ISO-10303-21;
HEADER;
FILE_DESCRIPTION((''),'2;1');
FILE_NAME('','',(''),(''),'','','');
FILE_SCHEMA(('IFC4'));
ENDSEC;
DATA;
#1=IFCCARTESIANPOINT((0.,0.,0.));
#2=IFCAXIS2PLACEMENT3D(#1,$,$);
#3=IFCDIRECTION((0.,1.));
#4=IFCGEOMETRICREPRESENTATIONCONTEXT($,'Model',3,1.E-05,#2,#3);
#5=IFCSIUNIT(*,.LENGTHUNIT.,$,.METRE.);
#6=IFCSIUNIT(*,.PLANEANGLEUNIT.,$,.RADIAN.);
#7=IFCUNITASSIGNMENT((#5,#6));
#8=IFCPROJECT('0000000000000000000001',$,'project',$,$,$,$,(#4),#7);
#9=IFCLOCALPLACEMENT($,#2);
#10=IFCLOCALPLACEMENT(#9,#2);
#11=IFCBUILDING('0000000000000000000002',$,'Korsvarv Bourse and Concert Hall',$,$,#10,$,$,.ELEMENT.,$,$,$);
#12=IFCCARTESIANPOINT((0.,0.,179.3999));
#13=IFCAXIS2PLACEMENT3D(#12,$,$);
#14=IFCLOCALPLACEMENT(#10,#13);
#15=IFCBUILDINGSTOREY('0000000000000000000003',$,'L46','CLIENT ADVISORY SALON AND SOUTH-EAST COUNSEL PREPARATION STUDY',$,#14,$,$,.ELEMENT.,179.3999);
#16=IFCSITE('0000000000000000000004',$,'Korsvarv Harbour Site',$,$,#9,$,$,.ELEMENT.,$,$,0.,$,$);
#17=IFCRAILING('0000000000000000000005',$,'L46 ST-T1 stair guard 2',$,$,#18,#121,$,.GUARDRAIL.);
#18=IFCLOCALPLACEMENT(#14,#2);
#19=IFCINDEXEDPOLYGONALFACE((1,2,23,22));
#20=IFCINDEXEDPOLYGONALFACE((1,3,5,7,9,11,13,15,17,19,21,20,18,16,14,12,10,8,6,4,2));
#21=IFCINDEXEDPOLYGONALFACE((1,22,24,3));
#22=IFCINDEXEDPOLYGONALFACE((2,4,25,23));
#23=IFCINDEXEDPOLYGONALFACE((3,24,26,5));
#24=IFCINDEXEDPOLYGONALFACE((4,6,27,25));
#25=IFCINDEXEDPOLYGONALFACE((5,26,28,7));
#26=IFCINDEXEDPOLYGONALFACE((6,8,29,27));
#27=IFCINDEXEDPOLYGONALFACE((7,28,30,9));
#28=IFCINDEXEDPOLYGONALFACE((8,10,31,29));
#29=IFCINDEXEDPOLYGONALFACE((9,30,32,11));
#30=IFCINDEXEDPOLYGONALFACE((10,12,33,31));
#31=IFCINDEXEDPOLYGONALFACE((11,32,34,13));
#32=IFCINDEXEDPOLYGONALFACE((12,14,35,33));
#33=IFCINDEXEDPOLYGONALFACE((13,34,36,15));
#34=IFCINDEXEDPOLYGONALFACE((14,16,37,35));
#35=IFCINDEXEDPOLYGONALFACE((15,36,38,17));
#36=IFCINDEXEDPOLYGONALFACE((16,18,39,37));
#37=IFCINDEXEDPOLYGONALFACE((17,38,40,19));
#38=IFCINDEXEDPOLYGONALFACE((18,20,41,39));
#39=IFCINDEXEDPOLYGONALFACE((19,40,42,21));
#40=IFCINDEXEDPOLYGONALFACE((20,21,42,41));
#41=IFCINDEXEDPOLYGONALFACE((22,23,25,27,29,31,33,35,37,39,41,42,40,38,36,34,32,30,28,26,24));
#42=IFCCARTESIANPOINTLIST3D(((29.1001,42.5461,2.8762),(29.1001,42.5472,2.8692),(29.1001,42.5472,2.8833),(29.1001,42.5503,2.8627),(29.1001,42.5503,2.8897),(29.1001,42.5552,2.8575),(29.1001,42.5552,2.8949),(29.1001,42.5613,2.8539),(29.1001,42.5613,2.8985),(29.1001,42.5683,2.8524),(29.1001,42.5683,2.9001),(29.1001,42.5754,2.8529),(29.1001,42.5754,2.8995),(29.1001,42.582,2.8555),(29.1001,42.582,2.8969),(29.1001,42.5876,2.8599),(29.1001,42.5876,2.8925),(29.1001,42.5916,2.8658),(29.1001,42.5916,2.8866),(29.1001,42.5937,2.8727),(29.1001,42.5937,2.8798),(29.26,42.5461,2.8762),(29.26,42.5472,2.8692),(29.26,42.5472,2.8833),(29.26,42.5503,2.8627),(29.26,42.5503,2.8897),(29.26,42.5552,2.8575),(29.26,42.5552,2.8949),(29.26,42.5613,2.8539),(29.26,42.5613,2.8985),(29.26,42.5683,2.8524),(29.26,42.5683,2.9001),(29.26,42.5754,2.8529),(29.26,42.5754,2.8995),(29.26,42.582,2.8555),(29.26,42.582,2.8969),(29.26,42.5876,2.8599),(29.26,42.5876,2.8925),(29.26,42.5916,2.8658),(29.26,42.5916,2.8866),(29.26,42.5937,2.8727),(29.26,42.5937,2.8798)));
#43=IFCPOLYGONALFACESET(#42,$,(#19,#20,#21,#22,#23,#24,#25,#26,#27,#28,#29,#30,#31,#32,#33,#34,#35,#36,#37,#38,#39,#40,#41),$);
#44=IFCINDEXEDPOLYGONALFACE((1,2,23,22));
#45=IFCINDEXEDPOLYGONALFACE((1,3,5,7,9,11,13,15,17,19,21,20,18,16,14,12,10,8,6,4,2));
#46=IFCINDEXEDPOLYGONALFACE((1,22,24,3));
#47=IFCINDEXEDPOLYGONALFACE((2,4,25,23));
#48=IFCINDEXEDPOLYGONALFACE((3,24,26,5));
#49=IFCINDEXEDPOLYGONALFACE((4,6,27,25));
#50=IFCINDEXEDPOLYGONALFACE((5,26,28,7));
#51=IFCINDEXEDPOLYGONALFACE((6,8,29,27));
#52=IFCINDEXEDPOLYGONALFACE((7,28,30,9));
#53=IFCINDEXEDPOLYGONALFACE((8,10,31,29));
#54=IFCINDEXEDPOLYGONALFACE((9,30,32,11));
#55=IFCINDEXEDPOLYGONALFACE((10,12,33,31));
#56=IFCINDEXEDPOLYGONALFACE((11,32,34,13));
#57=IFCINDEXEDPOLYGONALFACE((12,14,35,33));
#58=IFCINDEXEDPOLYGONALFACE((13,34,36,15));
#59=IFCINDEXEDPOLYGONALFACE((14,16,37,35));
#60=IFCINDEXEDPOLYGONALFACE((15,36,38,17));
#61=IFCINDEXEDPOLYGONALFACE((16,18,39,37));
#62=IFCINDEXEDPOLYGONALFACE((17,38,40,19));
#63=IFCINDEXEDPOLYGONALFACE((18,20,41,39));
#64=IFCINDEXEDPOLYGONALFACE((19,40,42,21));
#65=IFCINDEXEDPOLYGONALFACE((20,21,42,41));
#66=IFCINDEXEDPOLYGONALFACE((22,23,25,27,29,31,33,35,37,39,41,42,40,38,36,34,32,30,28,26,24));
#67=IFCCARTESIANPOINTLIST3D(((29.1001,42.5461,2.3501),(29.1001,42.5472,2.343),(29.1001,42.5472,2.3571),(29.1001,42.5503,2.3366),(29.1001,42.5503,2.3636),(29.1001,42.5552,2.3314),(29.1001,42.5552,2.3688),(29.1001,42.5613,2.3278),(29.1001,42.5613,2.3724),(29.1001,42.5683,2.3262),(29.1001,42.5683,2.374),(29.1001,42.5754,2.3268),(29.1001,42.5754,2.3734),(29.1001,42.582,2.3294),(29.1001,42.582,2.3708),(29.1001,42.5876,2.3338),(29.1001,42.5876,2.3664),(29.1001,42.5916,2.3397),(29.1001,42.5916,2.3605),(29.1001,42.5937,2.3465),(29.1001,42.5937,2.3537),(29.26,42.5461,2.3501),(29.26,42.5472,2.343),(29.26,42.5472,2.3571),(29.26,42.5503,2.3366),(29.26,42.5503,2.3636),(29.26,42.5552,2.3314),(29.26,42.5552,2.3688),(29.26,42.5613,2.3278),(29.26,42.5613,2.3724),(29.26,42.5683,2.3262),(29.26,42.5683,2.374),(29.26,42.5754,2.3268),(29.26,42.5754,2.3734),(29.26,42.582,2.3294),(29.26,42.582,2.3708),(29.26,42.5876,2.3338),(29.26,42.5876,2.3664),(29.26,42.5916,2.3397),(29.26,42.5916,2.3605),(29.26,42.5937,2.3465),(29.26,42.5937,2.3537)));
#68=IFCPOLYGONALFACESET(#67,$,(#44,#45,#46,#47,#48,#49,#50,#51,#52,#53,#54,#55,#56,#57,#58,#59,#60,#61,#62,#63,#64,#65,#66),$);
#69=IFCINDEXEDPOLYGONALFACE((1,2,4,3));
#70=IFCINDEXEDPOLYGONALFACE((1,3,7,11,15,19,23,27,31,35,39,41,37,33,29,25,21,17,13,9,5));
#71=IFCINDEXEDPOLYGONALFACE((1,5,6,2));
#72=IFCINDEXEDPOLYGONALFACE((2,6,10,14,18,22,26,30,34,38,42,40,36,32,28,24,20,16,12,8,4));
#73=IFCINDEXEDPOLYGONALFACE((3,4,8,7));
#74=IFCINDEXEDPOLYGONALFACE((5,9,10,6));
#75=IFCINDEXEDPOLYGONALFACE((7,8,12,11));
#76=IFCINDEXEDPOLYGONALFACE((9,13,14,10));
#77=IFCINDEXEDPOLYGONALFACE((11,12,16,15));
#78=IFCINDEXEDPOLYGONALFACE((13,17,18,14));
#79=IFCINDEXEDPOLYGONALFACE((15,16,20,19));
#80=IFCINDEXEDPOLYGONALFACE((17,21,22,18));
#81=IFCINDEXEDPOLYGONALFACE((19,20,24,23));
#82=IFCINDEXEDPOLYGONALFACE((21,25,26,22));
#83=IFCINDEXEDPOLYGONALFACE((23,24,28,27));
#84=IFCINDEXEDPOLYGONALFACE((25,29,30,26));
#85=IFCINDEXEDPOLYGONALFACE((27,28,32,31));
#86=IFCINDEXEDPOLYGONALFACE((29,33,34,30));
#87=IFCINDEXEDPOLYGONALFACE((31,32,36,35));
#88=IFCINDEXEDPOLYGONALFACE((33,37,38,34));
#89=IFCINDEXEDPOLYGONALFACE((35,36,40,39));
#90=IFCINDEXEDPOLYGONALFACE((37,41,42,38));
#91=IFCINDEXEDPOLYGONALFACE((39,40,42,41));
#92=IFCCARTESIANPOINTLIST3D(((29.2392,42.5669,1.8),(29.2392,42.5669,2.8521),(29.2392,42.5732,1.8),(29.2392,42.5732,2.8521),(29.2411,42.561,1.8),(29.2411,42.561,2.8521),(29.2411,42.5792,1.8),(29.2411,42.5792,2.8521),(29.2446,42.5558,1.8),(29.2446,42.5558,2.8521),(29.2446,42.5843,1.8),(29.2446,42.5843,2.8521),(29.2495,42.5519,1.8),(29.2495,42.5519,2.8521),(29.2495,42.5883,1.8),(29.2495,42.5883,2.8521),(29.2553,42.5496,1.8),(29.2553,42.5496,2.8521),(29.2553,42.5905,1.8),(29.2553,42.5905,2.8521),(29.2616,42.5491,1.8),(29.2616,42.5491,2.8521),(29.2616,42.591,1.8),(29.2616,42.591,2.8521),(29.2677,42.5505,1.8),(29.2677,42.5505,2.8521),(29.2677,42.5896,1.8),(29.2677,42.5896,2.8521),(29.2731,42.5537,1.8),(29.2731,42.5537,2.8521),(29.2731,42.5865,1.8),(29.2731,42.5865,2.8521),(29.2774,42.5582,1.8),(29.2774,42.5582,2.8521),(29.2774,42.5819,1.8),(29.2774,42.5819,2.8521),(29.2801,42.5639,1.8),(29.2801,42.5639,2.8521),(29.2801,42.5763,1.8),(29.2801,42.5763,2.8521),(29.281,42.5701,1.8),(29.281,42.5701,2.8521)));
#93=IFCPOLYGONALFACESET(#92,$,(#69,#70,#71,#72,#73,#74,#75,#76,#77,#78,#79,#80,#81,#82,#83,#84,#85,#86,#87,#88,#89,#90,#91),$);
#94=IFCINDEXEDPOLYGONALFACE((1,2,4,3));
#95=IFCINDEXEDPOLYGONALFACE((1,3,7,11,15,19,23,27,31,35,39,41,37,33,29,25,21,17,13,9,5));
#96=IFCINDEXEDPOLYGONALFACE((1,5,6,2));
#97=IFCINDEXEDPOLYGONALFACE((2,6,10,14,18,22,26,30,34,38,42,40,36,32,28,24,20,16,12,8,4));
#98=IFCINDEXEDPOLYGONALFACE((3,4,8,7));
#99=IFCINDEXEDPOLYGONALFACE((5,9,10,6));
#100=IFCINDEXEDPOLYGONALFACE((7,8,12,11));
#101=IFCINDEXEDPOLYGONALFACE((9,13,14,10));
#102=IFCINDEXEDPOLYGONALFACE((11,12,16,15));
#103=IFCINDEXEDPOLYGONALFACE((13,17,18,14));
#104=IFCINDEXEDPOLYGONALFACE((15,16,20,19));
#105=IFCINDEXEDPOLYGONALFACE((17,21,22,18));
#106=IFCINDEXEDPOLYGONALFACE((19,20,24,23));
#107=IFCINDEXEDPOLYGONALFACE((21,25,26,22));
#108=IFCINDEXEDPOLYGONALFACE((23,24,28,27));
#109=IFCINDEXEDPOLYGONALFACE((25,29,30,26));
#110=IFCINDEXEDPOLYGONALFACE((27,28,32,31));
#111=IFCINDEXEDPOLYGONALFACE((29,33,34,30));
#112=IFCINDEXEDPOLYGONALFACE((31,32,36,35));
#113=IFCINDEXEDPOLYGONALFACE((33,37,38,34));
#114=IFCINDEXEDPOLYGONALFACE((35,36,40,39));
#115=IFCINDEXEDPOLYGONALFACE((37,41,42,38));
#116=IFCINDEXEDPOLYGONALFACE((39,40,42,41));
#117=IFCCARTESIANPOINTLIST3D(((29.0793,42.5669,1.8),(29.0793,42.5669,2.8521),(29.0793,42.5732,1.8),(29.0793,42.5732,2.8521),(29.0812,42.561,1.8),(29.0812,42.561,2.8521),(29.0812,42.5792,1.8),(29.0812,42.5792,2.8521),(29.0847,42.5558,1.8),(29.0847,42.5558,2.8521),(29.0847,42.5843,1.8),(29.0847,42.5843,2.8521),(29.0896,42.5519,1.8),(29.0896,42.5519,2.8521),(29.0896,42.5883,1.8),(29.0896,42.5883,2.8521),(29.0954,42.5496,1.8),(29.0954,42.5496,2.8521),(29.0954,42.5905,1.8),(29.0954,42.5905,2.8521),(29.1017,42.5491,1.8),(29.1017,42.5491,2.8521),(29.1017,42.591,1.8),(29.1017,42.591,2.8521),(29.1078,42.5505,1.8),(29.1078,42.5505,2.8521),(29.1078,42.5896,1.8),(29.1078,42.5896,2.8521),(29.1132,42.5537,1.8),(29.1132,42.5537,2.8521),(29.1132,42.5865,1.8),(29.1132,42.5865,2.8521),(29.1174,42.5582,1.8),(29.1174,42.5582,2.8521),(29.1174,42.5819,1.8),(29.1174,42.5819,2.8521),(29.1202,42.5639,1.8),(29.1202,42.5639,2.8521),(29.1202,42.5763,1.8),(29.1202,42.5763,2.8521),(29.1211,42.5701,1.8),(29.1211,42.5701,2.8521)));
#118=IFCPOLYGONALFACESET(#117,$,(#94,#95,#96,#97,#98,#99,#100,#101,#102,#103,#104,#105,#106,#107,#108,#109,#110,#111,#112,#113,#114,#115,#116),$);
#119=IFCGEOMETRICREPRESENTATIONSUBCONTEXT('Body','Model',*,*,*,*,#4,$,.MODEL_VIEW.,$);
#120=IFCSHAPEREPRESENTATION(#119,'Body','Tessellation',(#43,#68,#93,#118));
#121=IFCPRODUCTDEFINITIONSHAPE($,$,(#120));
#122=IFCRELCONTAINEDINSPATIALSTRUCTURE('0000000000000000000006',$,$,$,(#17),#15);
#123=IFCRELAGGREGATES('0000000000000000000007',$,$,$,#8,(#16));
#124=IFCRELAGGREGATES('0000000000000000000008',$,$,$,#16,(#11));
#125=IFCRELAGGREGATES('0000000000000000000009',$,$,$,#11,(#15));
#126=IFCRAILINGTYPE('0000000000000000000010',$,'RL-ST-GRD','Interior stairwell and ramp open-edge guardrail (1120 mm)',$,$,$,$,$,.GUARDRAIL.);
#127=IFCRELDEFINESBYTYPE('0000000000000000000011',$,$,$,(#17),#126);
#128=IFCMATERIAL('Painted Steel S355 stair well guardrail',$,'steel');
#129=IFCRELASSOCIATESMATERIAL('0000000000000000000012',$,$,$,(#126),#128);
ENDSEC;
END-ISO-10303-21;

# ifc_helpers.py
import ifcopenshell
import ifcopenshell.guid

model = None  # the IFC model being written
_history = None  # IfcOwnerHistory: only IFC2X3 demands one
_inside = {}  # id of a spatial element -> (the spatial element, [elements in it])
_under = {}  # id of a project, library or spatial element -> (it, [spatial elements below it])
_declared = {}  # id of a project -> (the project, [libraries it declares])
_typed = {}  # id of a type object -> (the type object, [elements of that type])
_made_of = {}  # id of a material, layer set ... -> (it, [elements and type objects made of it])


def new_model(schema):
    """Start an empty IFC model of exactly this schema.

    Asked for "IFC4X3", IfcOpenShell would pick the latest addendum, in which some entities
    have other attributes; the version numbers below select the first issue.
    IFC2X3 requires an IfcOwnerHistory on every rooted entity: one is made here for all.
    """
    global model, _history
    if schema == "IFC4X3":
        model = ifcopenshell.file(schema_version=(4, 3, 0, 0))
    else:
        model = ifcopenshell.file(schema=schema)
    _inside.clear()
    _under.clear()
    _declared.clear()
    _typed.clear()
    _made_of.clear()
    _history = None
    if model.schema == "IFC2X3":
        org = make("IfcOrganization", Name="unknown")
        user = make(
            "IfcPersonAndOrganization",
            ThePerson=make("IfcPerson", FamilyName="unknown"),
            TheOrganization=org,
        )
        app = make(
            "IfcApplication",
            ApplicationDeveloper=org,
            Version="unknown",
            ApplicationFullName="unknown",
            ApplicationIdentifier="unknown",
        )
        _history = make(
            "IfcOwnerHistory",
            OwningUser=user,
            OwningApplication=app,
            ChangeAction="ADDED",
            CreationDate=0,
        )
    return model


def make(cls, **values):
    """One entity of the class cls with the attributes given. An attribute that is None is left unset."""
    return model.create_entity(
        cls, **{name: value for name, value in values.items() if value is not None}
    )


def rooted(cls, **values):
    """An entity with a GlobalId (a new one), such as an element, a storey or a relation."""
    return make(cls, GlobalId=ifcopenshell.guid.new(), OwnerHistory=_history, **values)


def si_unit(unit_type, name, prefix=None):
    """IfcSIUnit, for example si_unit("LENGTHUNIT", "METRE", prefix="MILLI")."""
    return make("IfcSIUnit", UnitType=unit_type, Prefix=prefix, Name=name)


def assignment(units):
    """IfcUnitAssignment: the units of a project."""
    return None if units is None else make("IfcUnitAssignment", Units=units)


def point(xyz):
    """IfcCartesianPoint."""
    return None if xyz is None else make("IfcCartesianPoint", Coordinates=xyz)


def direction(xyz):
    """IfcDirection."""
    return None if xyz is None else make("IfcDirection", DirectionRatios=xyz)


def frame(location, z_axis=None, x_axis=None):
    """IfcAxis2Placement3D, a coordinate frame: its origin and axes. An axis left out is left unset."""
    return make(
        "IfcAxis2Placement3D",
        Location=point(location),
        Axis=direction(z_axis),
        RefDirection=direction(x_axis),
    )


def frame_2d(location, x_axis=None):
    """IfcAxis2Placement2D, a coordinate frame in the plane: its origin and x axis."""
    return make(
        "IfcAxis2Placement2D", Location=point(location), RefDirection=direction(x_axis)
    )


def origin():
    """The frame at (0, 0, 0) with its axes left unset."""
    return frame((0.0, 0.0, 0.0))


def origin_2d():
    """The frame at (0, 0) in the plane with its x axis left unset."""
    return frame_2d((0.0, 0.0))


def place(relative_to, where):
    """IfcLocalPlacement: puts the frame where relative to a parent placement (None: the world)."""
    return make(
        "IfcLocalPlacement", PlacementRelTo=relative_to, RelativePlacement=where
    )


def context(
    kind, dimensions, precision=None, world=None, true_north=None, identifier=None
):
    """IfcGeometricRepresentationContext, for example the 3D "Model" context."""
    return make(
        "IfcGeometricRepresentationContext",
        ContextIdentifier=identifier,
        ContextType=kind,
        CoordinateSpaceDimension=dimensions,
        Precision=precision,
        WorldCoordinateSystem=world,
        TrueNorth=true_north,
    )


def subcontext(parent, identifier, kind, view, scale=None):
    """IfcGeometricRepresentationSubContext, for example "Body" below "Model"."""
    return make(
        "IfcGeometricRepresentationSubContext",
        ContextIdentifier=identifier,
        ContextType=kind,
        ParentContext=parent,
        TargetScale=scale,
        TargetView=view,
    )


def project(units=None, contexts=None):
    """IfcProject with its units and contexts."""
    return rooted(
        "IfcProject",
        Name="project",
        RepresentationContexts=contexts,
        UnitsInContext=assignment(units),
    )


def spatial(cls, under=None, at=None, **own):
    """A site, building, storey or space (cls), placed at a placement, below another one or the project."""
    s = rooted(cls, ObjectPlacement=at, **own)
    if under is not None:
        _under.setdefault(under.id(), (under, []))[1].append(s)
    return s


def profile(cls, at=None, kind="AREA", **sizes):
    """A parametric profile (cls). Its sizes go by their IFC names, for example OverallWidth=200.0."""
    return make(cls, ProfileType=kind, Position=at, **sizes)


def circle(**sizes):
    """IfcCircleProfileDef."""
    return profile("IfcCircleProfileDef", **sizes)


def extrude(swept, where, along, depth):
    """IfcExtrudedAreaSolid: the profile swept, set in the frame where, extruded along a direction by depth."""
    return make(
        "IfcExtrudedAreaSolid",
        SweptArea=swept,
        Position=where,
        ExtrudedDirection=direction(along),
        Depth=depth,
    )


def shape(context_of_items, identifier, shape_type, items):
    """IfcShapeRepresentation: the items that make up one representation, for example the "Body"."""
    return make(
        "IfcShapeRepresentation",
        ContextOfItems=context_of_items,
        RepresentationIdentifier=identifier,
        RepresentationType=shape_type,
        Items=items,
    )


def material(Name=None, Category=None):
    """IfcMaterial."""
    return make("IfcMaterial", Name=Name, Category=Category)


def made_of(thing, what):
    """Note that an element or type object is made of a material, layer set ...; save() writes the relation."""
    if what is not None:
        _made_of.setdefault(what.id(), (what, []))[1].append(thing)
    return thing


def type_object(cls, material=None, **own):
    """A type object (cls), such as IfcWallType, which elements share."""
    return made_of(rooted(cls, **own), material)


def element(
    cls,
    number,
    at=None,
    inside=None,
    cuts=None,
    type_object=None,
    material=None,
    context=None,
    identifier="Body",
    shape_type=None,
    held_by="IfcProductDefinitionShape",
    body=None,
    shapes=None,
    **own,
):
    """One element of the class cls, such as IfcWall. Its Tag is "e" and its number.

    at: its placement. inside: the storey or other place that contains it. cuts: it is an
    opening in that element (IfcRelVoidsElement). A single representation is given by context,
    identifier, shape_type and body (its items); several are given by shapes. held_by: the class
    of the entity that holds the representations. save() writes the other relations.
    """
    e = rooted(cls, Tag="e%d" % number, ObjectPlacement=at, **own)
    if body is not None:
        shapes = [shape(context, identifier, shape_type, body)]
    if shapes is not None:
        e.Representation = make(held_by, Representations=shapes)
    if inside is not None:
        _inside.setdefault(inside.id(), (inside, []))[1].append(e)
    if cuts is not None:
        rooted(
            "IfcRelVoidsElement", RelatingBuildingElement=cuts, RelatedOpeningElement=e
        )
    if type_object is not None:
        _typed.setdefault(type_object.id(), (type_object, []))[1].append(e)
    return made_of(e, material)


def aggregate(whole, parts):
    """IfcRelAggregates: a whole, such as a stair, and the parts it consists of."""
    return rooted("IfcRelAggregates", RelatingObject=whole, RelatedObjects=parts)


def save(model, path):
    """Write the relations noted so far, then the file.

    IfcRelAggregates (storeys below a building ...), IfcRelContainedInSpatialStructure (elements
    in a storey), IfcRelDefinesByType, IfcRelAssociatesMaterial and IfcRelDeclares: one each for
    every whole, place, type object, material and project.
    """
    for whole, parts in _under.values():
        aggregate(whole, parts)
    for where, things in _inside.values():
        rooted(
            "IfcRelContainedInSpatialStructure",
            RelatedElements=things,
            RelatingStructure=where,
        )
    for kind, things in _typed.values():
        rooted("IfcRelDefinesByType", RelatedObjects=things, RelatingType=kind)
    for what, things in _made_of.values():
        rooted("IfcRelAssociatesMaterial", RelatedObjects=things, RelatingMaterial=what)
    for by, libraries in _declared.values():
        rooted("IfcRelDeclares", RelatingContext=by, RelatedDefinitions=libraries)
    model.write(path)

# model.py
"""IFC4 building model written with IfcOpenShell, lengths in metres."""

from ifc_helpers import new_model, si_unit, direction, frame, origin, origin_2d, place, context, subcontext, project, spatial, circle, extrude, material, type_object, element, save


model = new_model("IFC4")

# Units and contexts
model_context = context("Model", 3, precision=1e-05, world=origin(), true_north=direction((0.0, 1.0)))
body_context = subcontext(model_context, "Body", "Model", "MODEL_VIEW")
ifc_project = project(units=[si_unit("LENGTHUNIT", "METRE"), si_unit("PLANEANGLEUNIT", "RADIAN")], contexts=[model_context])

# Site, building, storey
site_placement = place(None, origin())
site = spatial("IfcSite", under=ifc_project, at=site_placement, Name="Korsvarv Harbour Site", CompositionType="ELEMENT", RefElevation=0.0)
building_placement = place(site_placement, origin())
building = spatial("IfcBuilding", under=site, at=building_placement, Name="Korsvarv Bourse and Concert Hall", CompositionType="ELEMENT")
storey_placement = place(building_placement, frame((0.0, 0.0, 179.3999)))
storey = spatial("IfcBuildingStorey", under=building, at=storey_placement, Name="L46", Description="CLIENT ADVISORY SALON AND SOUTH-EAST COUNSEL PREPARATION STUDY", CompositionType="ELEMENT", Elevation=179.3999)

# Railing
ifc_material_1 = material(Name="Painted Steel S355 stair well guardrail", Category="steel")
railing_type_1 = type_object("IfcRailingType", Name="RL-ST-GRD", Description="Interior stairwell and ramp open-edge guardrail (1120 mm)", PredefinedType="GUARDRAIL", material=ifc_material_1)
railing_1_placement = place(storey_placement, frame((29.26, 42.5701, 1.8)))
element("IfcRailing", 1, at=railing_1_placement, inside=storey, type_object=railing_type_1, Name="L46 ST-T1 stair guard 2", PredefinedType="GUARDRAIL", context=body_context, shape_type="SweptSolid", body=[
    extrude(circle(Radius=0.0239, at=origin_2d()), frame((0.0, 0.0, 1.0762), z_axis=(-1.0, 0.0, 0.0), x_axis=(0.0, -1.0, 0.0)), (0.0, 0.0, 1.0), 0.1599),
    extrude(circle(Radius=0.0239, at=origin_2d()), frame((0.0, 0.0, 0.55), z_axis=(-1.0, 0.0, 0.0), x_axis=(0.0, -1.0, 0.0)), (0.0, 0.0, 1.0), 0.1599),
    extrude(circle(Radius=0.021, at=origin_2d()), origin(), (0.0, 0.0, 1.0), 1.052),
    extrude(circle(Radius=0.021, at=origin_2d()), frame((-0.1599, 0.0, 0.0)), (0.0, 0.0, 1.0), 1.052),
])

save(model, "model.ifc")
